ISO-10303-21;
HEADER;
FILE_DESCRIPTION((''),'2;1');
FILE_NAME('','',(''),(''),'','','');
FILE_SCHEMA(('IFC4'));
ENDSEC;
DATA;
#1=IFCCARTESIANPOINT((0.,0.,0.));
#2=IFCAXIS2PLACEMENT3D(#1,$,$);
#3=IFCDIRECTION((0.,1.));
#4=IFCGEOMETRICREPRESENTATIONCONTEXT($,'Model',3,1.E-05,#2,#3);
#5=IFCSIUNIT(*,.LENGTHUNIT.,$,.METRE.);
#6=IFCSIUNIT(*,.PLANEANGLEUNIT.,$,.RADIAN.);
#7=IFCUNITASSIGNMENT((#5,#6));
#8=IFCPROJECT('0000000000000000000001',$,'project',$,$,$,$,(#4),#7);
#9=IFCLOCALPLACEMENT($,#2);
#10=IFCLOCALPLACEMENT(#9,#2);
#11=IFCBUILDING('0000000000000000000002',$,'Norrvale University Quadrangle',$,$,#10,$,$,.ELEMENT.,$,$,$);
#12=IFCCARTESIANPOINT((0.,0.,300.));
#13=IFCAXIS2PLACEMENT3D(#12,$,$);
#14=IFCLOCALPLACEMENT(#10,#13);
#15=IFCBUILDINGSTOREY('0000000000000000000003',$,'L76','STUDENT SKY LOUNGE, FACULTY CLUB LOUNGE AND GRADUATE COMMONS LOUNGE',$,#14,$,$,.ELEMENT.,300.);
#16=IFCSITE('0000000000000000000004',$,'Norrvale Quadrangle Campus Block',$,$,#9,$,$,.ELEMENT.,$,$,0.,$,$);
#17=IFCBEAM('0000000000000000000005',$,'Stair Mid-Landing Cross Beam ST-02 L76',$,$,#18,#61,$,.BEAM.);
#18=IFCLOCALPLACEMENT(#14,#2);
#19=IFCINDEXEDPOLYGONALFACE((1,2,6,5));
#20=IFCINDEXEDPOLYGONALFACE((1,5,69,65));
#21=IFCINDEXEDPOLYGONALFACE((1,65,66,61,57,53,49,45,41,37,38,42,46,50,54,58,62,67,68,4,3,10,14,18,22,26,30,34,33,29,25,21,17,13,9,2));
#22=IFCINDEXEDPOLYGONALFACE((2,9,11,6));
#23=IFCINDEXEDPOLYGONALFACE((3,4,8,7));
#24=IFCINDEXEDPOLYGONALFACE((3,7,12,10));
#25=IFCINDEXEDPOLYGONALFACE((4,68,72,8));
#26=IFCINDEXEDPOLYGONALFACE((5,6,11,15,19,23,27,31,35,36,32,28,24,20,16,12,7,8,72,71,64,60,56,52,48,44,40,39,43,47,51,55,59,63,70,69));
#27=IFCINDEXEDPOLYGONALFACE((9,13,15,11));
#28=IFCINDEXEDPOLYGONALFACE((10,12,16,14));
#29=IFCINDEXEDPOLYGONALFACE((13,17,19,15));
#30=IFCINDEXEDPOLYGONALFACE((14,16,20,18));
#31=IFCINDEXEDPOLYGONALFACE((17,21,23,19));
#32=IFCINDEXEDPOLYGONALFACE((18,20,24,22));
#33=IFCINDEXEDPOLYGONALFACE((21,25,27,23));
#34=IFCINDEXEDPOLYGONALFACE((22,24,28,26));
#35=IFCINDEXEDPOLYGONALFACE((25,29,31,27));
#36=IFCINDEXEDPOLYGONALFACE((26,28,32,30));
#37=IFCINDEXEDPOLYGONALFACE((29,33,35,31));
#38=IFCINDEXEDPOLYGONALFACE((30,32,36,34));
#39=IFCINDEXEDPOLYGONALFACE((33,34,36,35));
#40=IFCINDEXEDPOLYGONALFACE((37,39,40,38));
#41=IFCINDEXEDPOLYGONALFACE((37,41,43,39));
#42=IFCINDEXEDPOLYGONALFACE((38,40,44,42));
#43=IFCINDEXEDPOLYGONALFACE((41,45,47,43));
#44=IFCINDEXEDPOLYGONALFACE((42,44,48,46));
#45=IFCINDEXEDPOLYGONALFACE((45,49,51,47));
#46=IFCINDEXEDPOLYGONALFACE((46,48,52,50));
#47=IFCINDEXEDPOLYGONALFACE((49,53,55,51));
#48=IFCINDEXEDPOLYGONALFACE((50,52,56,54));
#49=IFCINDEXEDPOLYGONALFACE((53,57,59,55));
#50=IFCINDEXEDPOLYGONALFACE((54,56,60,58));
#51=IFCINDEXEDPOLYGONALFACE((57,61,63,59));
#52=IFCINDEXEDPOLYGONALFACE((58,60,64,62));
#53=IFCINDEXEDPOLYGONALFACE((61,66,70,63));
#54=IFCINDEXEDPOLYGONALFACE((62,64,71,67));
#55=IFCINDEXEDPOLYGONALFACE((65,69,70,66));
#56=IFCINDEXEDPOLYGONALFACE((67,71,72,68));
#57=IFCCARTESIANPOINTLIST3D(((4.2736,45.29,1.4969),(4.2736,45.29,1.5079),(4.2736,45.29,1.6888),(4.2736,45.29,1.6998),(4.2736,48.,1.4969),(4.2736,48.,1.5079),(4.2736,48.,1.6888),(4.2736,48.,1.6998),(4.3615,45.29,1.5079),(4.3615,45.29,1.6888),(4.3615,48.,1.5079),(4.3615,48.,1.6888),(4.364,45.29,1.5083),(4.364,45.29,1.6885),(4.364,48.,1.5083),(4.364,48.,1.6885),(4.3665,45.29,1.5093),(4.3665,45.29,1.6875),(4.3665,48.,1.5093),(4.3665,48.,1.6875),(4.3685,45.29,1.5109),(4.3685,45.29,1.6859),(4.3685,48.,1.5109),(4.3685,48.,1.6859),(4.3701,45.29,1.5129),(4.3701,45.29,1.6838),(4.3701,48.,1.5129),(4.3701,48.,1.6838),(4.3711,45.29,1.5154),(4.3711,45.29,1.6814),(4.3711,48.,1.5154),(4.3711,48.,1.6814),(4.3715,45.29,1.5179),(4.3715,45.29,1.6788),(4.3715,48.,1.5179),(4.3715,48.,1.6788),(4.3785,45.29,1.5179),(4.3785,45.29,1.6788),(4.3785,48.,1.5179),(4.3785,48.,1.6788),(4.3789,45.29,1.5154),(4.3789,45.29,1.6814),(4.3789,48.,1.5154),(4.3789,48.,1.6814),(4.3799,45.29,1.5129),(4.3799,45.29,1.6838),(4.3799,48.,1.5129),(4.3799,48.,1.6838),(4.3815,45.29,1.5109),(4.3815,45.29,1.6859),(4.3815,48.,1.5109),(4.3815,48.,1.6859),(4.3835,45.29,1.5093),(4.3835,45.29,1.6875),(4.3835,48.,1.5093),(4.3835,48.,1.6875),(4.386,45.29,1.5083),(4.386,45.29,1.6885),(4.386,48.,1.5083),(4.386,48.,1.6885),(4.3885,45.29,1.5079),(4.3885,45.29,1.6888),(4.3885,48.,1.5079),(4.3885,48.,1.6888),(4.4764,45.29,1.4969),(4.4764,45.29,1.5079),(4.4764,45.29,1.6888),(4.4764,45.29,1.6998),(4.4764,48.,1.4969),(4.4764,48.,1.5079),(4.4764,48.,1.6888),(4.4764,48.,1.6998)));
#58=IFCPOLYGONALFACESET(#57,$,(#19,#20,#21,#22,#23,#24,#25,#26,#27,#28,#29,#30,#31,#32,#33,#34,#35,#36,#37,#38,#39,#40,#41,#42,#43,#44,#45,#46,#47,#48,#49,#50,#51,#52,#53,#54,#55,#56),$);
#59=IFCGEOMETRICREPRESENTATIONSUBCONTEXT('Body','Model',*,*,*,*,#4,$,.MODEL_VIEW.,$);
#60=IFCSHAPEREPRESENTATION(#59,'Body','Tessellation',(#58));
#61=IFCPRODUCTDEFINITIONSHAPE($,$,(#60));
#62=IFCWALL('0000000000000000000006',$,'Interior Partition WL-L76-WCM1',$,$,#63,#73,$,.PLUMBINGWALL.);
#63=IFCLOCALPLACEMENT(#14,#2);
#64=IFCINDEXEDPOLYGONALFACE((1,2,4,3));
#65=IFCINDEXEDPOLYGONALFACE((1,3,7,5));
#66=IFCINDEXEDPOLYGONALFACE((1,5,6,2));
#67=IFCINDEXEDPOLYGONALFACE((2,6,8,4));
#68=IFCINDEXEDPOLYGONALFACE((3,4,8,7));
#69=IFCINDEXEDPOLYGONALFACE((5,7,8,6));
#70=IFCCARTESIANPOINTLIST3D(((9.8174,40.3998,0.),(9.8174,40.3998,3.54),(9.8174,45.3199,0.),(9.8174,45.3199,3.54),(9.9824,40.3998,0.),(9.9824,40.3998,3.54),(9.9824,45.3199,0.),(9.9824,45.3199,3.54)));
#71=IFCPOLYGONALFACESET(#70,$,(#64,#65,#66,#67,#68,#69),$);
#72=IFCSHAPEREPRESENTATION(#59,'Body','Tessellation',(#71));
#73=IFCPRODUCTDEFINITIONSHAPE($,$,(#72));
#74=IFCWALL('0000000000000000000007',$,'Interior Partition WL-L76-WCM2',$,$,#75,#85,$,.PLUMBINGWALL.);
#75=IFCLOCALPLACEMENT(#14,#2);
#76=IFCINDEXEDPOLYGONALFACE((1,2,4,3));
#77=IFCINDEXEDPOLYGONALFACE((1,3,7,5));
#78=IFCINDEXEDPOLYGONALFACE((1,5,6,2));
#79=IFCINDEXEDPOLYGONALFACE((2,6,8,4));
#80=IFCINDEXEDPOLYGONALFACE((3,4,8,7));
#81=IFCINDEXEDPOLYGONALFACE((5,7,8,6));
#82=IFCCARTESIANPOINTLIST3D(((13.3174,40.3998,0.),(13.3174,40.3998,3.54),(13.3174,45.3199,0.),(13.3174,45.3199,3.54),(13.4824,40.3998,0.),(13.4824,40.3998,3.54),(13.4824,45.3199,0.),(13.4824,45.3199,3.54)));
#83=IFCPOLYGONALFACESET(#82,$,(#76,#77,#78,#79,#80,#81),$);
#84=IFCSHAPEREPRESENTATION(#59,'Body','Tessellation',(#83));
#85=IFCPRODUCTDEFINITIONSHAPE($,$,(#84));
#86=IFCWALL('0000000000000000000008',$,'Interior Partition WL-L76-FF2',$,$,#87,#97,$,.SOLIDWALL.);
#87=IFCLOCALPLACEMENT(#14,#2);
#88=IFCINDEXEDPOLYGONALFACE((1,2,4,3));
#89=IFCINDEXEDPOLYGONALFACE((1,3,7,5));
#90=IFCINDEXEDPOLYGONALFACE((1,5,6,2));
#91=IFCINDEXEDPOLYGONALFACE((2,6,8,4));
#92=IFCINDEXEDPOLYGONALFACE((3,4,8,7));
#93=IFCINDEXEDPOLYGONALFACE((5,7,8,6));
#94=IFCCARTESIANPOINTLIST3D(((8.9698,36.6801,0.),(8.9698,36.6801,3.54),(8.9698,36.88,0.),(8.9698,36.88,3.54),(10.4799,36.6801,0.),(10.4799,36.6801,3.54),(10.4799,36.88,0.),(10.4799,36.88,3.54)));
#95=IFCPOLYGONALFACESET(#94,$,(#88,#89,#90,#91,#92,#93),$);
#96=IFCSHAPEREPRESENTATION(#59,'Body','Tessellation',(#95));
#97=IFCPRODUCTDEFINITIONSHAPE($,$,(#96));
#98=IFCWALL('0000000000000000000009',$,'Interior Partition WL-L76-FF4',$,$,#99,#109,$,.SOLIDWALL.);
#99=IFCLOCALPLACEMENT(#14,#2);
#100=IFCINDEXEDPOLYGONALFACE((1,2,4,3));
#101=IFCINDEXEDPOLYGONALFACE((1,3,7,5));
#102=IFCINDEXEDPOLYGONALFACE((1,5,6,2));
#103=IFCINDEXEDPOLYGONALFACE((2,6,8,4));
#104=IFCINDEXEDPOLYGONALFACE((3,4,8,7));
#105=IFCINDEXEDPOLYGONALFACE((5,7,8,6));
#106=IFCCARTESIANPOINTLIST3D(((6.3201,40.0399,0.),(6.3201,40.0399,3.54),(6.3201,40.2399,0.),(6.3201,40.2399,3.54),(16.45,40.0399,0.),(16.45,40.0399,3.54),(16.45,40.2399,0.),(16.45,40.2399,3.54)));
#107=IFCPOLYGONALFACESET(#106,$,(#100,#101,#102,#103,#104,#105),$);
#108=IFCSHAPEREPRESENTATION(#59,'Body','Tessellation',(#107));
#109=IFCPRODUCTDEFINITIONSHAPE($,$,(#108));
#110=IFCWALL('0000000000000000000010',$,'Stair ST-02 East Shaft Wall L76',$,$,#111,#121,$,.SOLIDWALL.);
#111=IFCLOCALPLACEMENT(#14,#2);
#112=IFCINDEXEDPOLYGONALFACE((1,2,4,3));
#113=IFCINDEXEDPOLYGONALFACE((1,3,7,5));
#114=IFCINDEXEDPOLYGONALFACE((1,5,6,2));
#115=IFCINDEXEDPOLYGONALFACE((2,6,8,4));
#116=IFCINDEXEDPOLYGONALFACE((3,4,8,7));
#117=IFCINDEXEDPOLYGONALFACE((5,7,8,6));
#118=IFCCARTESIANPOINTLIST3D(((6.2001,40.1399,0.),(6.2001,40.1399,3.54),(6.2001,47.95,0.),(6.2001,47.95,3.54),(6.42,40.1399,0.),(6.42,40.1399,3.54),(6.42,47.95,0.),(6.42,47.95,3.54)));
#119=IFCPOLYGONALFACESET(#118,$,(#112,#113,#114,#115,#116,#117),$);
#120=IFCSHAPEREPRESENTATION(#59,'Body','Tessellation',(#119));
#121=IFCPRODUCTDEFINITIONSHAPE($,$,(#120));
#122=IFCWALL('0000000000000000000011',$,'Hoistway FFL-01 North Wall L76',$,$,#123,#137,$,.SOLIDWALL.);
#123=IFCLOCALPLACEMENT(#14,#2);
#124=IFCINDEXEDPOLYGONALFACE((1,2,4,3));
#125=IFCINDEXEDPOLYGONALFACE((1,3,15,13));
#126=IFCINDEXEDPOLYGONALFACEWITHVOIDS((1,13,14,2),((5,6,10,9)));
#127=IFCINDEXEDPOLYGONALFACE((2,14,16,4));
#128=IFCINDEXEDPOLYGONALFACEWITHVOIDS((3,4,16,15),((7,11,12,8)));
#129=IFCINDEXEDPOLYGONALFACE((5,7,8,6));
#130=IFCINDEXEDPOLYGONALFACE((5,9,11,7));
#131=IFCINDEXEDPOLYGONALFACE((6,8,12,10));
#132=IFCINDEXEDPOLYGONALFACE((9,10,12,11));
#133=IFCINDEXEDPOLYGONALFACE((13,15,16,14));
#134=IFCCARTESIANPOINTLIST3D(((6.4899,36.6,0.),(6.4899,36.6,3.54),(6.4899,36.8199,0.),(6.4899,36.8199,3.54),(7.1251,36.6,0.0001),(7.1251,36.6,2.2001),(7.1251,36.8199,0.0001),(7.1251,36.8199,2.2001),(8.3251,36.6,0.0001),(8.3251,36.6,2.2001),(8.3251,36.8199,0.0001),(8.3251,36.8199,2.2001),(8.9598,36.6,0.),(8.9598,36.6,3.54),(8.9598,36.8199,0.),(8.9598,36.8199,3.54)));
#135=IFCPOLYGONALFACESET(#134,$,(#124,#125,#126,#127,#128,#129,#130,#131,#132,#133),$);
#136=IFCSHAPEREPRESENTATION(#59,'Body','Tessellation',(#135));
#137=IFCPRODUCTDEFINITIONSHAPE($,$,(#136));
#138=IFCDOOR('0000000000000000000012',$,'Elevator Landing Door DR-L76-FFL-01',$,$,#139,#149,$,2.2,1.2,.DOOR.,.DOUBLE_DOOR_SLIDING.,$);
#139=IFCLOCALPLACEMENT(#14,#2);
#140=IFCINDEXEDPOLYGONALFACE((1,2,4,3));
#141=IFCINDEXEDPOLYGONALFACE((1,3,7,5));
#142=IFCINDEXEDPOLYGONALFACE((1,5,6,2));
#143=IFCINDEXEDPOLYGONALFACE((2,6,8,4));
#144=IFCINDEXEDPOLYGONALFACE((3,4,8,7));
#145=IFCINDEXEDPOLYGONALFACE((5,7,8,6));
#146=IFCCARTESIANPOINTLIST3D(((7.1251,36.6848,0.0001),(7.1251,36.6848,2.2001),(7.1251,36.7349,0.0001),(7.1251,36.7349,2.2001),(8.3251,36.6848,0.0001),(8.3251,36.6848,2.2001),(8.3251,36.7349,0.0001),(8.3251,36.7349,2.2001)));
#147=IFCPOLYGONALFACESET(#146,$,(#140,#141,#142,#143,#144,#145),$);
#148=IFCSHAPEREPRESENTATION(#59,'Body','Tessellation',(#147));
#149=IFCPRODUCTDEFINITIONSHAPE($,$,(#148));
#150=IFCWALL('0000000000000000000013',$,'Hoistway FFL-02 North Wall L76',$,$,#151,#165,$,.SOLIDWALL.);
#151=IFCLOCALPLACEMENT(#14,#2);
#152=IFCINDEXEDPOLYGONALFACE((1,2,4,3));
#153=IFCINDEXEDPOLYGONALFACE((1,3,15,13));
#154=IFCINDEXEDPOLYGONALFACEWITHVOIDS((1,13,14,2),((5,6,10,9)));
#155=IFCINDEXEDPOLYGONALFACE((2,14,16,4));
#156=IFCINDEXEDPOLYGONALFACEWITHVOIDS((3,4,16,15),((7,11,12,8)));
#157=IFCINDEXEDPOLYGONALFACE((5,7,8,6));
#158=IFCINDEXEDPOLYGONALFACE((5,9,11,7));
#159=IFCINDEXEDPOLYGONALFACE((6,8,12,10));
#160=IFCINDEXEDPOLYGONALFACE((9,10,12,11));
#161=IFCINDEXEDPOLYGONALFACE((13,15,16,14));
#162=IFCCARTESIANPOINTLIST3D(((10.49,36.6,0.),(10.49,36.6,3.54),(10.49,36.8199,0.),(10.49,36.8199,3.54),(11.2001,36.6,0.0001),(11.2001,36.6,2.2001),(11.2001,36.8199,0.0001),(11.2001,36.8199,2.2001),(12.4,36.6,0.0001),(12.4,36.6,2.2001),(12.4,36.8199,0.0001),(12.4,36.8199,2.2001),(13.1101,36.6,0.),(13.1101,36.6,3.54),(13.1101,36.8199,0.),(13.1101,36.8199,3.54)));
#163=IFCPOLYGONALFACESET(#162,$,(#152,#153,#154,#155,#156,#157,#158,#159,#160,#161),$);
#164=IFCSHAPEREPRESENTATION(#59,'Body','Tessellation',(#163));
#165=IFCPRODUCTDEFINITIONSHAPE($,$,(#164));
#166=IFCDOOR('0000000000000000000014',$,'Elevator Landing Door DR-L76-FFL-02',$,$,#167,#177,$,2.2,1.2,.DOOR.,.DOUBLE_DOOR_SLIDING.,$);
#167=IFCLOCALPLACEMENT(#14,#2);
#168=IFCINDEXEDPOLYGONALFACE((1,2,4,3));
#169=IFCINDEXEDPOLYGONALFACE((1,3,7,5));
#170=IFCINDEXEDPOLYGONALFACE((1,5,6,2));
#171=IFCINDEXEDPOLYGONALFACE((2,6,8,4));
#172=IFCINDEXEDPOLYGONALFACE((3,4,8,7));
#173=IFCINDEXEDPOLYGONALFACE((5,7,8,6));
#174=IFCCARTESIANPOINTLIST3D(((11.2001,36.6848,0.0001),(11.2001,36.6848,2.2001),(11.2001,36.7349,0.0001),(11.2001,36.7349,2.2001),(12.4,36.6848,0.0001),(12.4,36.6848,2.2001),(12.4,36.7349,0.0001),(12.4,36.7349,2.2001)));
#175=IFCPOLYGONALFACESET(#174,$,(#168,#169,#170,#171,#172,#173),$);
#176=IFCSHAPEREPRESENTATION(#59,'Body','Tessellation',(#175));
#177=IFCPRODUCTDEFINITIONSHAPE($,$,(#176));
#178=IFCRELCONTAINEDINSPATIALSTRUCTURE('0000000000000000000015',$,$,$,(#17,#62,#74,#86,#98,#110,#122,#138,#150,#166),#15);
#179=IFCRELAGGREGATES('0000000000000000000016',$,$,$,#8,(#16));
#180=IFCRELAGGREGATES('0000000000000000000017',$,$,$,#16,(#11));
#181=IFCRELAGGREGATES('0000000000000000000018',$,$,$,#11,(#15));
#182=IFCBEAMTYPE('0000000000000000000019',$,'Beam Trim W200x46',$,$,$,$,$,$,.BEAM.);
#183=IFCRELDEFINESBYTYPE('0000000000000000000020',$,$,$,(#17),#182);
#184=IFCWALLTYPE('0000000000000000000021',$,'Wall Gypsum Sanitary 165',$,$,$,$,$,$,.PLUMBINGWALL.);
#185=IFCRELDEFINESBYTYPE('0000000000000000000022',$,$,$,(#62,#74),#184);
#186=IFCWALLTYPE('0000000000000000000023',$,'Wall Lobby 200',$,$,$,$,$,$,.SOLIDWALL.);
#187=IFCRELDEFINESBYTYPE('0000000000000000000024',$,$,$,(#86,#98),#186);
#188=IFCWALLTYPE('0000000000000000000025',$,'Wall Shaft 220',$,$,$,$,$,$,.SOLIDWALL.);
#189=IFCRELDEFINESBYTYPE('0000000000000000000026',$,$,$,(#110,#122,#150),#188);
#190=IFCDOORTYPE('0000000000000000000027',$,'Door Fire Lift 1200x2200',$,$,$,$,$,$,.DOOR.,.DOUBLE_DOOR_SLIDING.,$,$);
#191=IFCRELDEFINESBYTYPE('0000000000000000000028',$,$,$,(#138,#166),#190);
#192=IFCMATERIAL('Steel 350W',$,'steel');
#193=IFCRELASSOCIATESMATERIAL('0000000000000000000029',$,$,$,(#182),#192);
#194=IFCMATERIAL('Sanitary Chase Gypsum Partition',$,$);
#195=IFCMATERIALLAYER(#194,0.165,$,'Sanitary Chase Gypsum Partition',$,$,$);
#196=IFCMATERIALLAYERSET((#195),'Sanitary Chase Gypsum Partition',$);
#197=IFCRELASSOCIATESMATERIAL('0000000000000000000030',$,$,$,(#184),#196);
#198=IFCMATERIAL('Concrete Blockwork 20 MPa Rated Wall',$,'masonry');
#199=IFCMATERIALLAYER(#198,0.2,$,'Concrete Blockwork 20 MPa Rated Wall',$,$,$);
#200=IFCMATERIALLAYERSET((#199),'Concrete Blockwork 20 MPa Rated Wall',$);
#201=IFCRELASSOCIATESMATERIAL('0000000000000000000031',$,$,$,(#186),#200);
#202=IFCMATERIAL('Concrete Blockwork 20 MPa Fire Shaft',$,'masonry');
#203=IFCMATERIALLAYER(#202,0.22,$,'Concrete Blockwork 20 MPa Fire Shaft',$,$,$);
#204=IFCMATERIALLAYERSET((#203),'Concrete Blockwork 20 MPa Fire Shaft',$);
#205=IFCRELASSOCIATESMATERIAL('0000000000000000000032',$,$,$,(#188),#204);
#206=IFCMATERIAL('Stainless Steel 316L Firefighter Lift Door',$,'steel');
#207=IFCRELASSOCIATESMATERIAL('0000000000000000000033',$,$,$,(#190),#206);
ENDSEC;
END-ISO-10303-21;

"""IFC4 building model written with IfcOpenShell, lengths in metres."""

from ifc_helpers import new_model, si_unit, direction, frame, frame_2d, origin, origin_2d, place, context, subcontext, project, spatial, rectangle, i_section, extrude, material, layer, layer_set, material_profile, profile_set, type_object, element, fill, save


model = new_model("IFC4")

# Units and contexts
model_context = context("Model", 3, precision=1e-05, world=origin(), true_north=direction((0.0, 1.0)))
body_context = subcontext(model_context, "Body", "Model", "MODEL_VIEW")
ifc_project = project(units=[si_unit("LENGTHUNIT", "METRE"), si_unit("PLANEANGLEUNIT", "RADIAN")], contexts=[model_context])

# Site, building, storey
site_placement = place(None, origin())
site = spatial("IfcSite", under=ifc_project, at=site_placement, Name="Norrvale Quadrangle Campus Block", CompositionType="ELEMENT", RefElevation=0.0)
building_placement = place(site_placement, origin())
building = spatial("IfcBuilding", under=site, at=building_placement, Name="Norrvale University Quadrangle", CompositionType="ELEMENT")
storey_placement = place(building_placement, frame((0.0, 0.0, 300.0)))
storey = spatial("IfcBuildingStorey", under=building, at=storey_placement, Name="L76", Description="STUDENT SKY LOUNGE, FACULTY CLUB LOUNGE AND GRADUATE COMMONS LOUNGE", CompositionType="ELEMENT", Elevation=300.0)

# Beam
ifc_material_1 = material(Name="Steel 350W", Category="steel")
ifc_material_profile = material_profile(ifc_material_1, i_section(OverallWidth=0.2029, OverallDepth=0.2029, WebThickness=0.0071, FlangeThickness=0.011, FilletRadius=0.01, at=origin_2d()), Name="Steel 350W")
ifc_profile_set = profile_set([ifc_material_profile], Name="Steel 350W")
beam_type = type_object("IfcBeamType", Name="Beam Trim W200x46", PredefinedType="BEAM", material=ifc_profile_set)
beam_placement = place(storey_placement, frame((4.375, 45.29, 1.5984), z_axis=(0.0, 1.0, 0.0), x_axis=(-1.0, 0.0, 0.0)))
element("IfcBeam", 1, at=beam_placement, inside=storey, type_object=beam_type, Name="Stair Mid-Landing Cross Beam ST-02 L76", PredefinedType="BEAM", context=body_context, shape_type="SweptSolid", body=[
    extrude(i_section(OverallWidth=0.2029, OverallDepth=0.2029, WebThickness=0.0071, FlangeThickness=0.011, FilletRadius=0.01, at=origin_2d()), origin(), (0.0, 0.0, 1.0), 2.71),
])

# Shared definitions
ifc_material_2 = material(Name="Sanitary Chase Gypsum Partition")
ifc_layer_1 = layer(ifc_material_2, 0.165, Name="Sanitary Chase Gypsum Partition")
ifc_layer_set_1 = layer_set([ifc_layer_1], Name="Sanitary Chase Gypsum Partition")
wall_type_1 = type_object("IfcWallType", Name="Wall Gypsum Sanitary 165", PredefinedType="PLUMBINGWALL", material=ifc_layer_set_1)

# Walls
for number, where, z_axis, x_axis, name in (
    (2, (9.8999, 40.3999, 0.0), (0.0, 0.0, 1.0), (0.0, 1.0, 0.0), "Interior Partition WL-L76-WCM1"),
    (3, (13.3999, 40.3999, 0.0), (0.0, 0.0, 1.0), (0.0, 1.0, 0.0), "Interior Partition WL-L76-WCM2"),
):
    element("IfcWall", number, at=place(storey_placement, frame(where, z_axis=z_axis, x_axis=x_axis)), inside=storey, type_object=wall_type_1, Name=name, PredefinedType="PLUMBINGWALL", context=body_context, shape_type="SweptSolid", body=[
        extrude(rectangle(XDim=4.9202, YDim=0.165, at=frame_2d((2.46, 0.0))), origin(), (0.0, 0.0, 1.0), 3.54),
    ])
ifc_material_3 = material(Name="Concrete Blockwork 20 MPa Rated Wall", Category="masonry")
ifc_layer_2 = layer(ifc_material_3, 0.2, Name="Concrete Blockwork 20 MPa Rated Wall")
ifc_layer_set_2 = layer_set([ifc_layer_2], Name="Concrete Blockwork 20 MPa Rated Wall")
wall_type_2 = type_object("IfcWallType", Name="Wall Lobby 200", PredefinedType="SOLIDWALL", material=ifc_layer_set_2)
wall_1_placement = place(storey_placement, frame((8.97, 36.78, 0.0), z_axis=(0.0, 0.0, 1.0), x_axis=(1.0, 0.0, 0.0)))
element("IfcWall", 4, at=wall_1_placement, inside=storey, type_object=wall_type_2, Name="Interior Partition WL-L76-FF2", PredefinedType="SOLIDWALL", context=body_context, shape_type="SweptSolid", body=[
    extrude(rectangle(XDim=1.51, YDim=0.2, at=frame_2d((0.7549, 0.0))), origin(), (0.0, 0.0, 1.0), 3.54),
])
wall_2_placement = place(storey_placement, frame((6.3201, 40.1399, 0.0), z_axis=(0.0, 0.0, 1.0), x_axis=(1.0, 0.0, 0.0)))
element("IfcWall", 5, at=wall_2_placement, inside=storey, type_object=wall_type_2, Name="Interior Partition WL-L76-FF4", PredefinedType="SOLIDWALL", context=body_context, shape_type="SweptSolid", body=[
    extrude(rectangle(XDim=10.1299, YDim=0.2, at=frame_2d((5.0649, 0.0))), origin(), (0.0, 0.0, 1.0), 3.54),
])
ifc_material_4 = material(Name="Concrete Blockwork 20 MPa Fire Shaft", Category="masonry")
ifc_layer_3 = layer(ifc_material_4, 0.22, Name="Concrete Blockwork 20 MPa Fire Shaft")
ifc_layer_set_3 = layer_set([ifc_layer_3], Name="Concrete Blockwork 20 MPa Fire Shaft")
wall_type_3 = type_object("IfcWallType", Name="Wall Shaft 220", PredefinedType="SOLIDWALL", material=ifc_layer_set_3)
wall_3_placement = place(storey_placement, frame((6.3101, 40.1399, 0.0), z_axis=(0.0, 0.0, 1.0), x_axis=(0.0, 1.0, 0.0)))
element("IfcWall", 6, at=wall_3_placement, inside=storey, type_object=wall_type_3, Name="Stair ST-02 East Shaft Wall L76", PredefinedType="SOLIDWALL", context=body_context, shape_type="SweptSolid", body=[
    extrude(rectangle(XDim=7.8101, YDim=0.22, at=frame_2d((3.905, 0.0))), origin(), (0.0, 0.0, 1.0), 3.54),
])

# Walls, openings, doors
wall_4_placement = place(storey_placement, frame((6.49, 36.71, 0.0), z_axis=(0.0, 0.0, 1.0), x_axis=(1.0, 0.0, 0.0)))
wall_4 = element("IfcWall", 7, at=wall_4_placement, inside=storey, type_object=wall_type_3, Name="Hoistway FFL-01 North Wall L76", PredefinedType="SOLIDWALL", context=body_context, shape_type="SweptSolid", body=[
    extrude(rectangle(XDim=2.47, YDim=0.22, at=frame_2d((1.2349, 0.0))), origin(), (0.0, 0.0, 1.0), 3.54),
])
opening_1_placement = place(wall_4_placement, frame((0.635, 0.0, 0.0)))
opening_1 = element("IfcOpeningElement", 8, at=opening_1_placement, cuts=wall_4, PredefinedType="OPENING", context=body_context, shape_type="SweptSolid", body=[
    extrude(rectangle(XDim=1.2, YDim=2.2, at=frame_2d((0.6001, 1.1001))), frame((0.0, 0.1221, 0.0), z_axis=(0.0, -1.0, 0.0), x_axis=(1.0, 0.0, 0.0)), (0.0, 0.0, 1.0), 0.2439),
])
ifc_material_5 = material(Name="Stainless Steel 316L Firefighter Lift Door", Category="steel")
door_type_1 = type_object("IfcDoorType", Name="Door Fire Lift 1200x2200", OperationType="DOUBLE_DOOR_SLIDING", PredefinedType="DOOR", material=ifc_material_5)
door_1_placement = place(opening_1_placement, origin())
door_1 = element("IfcDoor", 9, at=door_1_placement, inside=storey, type_object=door_type_1, Name="Elevator Landing Door DR-L76-FFL-01", OperationType="DOUBLE_DOOR_SLIDING", OverallHeight=2.2, OverallWidth=1.2, PredefinedType="DOOR", context=body_context, shape_type="SweptSolid", body=[
    extrude(rectangle(XDim=1.2, YDim=2.2, at=frame_2d((0.6001, 1.1001))), frame((0.0, 0.0249, 0.0), z_axis=(0.0, -1.0, 0.0), x_axis=(1.0, 0.0, 0.0)), (0.0, 0.0, 1.0), 0.05),
])
fill(opening_1, door_1)
wall_5_placement = place(storey_placement, frame((10.49, 36.71, 0.0), z_axis=(0.0, 0.0, 1.0), x_axis=(1.0, 0.0, 0.0)))
wall_5 = element("IfcWall", 10, at=wall_5_placement, inside=storey, type_object=wall_type_3, Name="Hoistway FFL-02 North Wall L76", PredefinedType="SOLIDWALL", context=body_context, shape_type="SweptSolid", body=[
    extrude(rectangle(XDim=2.6201, YDim=0.22, at=frame_2d((1.3101, 0.0))), origin(), (0.0, 0.0, 1.0), 3.54),
])
opening_2_placement = place(wall_5_placement, frame((0.71, 0.0, 0.0)))
opening_2 = element("IfcOpeningElement", 11, at=opening_2_placement, cuts=wall_5, PredefinedType="OPENING", context=body_context, shape_type="SweptSolid", body=[
    extrude(rectangle(XDim=1.2, YDim=2.2, at=frame_2d((0.6001, 1.1001))), frame((0.0, 0.1221, 0.0), z_axis=(0.0, -1.0, 0.0), x_axis=(1.0, 0.0, 0.0)), (0.0, 0.0, 1.0), 0.2439),
])
door_2_placement = place(opening_2_placement, origin())
door_2 = element("IfcDoor", 12, at=door_2_placement, inside=storey, type_object=door_type_1, Name="Elevator Landing Door DR-L76-FFL-02", OperationType="DOUBLE_DOOR_SLIDING", OverallHeight=2.2, OverallWidth=1.2, PredefinedType="DOOR", context=body_context, shape_type="SweptSolid", body=[
    extrude(rectangle(XDim=1.2, YDim=2.2, at=frame_2d((0.6001, 1.1001))), frame((0.0, 0.0249, 0.0), z_axis=(0.0, -1.0, 0.0), x_axis=(1.0, 0.0, 0.0)), (0.0, 0.0, 1.0), 0.05),
])
fill(opening_2, door_2)

save(model, "model.ifc")
